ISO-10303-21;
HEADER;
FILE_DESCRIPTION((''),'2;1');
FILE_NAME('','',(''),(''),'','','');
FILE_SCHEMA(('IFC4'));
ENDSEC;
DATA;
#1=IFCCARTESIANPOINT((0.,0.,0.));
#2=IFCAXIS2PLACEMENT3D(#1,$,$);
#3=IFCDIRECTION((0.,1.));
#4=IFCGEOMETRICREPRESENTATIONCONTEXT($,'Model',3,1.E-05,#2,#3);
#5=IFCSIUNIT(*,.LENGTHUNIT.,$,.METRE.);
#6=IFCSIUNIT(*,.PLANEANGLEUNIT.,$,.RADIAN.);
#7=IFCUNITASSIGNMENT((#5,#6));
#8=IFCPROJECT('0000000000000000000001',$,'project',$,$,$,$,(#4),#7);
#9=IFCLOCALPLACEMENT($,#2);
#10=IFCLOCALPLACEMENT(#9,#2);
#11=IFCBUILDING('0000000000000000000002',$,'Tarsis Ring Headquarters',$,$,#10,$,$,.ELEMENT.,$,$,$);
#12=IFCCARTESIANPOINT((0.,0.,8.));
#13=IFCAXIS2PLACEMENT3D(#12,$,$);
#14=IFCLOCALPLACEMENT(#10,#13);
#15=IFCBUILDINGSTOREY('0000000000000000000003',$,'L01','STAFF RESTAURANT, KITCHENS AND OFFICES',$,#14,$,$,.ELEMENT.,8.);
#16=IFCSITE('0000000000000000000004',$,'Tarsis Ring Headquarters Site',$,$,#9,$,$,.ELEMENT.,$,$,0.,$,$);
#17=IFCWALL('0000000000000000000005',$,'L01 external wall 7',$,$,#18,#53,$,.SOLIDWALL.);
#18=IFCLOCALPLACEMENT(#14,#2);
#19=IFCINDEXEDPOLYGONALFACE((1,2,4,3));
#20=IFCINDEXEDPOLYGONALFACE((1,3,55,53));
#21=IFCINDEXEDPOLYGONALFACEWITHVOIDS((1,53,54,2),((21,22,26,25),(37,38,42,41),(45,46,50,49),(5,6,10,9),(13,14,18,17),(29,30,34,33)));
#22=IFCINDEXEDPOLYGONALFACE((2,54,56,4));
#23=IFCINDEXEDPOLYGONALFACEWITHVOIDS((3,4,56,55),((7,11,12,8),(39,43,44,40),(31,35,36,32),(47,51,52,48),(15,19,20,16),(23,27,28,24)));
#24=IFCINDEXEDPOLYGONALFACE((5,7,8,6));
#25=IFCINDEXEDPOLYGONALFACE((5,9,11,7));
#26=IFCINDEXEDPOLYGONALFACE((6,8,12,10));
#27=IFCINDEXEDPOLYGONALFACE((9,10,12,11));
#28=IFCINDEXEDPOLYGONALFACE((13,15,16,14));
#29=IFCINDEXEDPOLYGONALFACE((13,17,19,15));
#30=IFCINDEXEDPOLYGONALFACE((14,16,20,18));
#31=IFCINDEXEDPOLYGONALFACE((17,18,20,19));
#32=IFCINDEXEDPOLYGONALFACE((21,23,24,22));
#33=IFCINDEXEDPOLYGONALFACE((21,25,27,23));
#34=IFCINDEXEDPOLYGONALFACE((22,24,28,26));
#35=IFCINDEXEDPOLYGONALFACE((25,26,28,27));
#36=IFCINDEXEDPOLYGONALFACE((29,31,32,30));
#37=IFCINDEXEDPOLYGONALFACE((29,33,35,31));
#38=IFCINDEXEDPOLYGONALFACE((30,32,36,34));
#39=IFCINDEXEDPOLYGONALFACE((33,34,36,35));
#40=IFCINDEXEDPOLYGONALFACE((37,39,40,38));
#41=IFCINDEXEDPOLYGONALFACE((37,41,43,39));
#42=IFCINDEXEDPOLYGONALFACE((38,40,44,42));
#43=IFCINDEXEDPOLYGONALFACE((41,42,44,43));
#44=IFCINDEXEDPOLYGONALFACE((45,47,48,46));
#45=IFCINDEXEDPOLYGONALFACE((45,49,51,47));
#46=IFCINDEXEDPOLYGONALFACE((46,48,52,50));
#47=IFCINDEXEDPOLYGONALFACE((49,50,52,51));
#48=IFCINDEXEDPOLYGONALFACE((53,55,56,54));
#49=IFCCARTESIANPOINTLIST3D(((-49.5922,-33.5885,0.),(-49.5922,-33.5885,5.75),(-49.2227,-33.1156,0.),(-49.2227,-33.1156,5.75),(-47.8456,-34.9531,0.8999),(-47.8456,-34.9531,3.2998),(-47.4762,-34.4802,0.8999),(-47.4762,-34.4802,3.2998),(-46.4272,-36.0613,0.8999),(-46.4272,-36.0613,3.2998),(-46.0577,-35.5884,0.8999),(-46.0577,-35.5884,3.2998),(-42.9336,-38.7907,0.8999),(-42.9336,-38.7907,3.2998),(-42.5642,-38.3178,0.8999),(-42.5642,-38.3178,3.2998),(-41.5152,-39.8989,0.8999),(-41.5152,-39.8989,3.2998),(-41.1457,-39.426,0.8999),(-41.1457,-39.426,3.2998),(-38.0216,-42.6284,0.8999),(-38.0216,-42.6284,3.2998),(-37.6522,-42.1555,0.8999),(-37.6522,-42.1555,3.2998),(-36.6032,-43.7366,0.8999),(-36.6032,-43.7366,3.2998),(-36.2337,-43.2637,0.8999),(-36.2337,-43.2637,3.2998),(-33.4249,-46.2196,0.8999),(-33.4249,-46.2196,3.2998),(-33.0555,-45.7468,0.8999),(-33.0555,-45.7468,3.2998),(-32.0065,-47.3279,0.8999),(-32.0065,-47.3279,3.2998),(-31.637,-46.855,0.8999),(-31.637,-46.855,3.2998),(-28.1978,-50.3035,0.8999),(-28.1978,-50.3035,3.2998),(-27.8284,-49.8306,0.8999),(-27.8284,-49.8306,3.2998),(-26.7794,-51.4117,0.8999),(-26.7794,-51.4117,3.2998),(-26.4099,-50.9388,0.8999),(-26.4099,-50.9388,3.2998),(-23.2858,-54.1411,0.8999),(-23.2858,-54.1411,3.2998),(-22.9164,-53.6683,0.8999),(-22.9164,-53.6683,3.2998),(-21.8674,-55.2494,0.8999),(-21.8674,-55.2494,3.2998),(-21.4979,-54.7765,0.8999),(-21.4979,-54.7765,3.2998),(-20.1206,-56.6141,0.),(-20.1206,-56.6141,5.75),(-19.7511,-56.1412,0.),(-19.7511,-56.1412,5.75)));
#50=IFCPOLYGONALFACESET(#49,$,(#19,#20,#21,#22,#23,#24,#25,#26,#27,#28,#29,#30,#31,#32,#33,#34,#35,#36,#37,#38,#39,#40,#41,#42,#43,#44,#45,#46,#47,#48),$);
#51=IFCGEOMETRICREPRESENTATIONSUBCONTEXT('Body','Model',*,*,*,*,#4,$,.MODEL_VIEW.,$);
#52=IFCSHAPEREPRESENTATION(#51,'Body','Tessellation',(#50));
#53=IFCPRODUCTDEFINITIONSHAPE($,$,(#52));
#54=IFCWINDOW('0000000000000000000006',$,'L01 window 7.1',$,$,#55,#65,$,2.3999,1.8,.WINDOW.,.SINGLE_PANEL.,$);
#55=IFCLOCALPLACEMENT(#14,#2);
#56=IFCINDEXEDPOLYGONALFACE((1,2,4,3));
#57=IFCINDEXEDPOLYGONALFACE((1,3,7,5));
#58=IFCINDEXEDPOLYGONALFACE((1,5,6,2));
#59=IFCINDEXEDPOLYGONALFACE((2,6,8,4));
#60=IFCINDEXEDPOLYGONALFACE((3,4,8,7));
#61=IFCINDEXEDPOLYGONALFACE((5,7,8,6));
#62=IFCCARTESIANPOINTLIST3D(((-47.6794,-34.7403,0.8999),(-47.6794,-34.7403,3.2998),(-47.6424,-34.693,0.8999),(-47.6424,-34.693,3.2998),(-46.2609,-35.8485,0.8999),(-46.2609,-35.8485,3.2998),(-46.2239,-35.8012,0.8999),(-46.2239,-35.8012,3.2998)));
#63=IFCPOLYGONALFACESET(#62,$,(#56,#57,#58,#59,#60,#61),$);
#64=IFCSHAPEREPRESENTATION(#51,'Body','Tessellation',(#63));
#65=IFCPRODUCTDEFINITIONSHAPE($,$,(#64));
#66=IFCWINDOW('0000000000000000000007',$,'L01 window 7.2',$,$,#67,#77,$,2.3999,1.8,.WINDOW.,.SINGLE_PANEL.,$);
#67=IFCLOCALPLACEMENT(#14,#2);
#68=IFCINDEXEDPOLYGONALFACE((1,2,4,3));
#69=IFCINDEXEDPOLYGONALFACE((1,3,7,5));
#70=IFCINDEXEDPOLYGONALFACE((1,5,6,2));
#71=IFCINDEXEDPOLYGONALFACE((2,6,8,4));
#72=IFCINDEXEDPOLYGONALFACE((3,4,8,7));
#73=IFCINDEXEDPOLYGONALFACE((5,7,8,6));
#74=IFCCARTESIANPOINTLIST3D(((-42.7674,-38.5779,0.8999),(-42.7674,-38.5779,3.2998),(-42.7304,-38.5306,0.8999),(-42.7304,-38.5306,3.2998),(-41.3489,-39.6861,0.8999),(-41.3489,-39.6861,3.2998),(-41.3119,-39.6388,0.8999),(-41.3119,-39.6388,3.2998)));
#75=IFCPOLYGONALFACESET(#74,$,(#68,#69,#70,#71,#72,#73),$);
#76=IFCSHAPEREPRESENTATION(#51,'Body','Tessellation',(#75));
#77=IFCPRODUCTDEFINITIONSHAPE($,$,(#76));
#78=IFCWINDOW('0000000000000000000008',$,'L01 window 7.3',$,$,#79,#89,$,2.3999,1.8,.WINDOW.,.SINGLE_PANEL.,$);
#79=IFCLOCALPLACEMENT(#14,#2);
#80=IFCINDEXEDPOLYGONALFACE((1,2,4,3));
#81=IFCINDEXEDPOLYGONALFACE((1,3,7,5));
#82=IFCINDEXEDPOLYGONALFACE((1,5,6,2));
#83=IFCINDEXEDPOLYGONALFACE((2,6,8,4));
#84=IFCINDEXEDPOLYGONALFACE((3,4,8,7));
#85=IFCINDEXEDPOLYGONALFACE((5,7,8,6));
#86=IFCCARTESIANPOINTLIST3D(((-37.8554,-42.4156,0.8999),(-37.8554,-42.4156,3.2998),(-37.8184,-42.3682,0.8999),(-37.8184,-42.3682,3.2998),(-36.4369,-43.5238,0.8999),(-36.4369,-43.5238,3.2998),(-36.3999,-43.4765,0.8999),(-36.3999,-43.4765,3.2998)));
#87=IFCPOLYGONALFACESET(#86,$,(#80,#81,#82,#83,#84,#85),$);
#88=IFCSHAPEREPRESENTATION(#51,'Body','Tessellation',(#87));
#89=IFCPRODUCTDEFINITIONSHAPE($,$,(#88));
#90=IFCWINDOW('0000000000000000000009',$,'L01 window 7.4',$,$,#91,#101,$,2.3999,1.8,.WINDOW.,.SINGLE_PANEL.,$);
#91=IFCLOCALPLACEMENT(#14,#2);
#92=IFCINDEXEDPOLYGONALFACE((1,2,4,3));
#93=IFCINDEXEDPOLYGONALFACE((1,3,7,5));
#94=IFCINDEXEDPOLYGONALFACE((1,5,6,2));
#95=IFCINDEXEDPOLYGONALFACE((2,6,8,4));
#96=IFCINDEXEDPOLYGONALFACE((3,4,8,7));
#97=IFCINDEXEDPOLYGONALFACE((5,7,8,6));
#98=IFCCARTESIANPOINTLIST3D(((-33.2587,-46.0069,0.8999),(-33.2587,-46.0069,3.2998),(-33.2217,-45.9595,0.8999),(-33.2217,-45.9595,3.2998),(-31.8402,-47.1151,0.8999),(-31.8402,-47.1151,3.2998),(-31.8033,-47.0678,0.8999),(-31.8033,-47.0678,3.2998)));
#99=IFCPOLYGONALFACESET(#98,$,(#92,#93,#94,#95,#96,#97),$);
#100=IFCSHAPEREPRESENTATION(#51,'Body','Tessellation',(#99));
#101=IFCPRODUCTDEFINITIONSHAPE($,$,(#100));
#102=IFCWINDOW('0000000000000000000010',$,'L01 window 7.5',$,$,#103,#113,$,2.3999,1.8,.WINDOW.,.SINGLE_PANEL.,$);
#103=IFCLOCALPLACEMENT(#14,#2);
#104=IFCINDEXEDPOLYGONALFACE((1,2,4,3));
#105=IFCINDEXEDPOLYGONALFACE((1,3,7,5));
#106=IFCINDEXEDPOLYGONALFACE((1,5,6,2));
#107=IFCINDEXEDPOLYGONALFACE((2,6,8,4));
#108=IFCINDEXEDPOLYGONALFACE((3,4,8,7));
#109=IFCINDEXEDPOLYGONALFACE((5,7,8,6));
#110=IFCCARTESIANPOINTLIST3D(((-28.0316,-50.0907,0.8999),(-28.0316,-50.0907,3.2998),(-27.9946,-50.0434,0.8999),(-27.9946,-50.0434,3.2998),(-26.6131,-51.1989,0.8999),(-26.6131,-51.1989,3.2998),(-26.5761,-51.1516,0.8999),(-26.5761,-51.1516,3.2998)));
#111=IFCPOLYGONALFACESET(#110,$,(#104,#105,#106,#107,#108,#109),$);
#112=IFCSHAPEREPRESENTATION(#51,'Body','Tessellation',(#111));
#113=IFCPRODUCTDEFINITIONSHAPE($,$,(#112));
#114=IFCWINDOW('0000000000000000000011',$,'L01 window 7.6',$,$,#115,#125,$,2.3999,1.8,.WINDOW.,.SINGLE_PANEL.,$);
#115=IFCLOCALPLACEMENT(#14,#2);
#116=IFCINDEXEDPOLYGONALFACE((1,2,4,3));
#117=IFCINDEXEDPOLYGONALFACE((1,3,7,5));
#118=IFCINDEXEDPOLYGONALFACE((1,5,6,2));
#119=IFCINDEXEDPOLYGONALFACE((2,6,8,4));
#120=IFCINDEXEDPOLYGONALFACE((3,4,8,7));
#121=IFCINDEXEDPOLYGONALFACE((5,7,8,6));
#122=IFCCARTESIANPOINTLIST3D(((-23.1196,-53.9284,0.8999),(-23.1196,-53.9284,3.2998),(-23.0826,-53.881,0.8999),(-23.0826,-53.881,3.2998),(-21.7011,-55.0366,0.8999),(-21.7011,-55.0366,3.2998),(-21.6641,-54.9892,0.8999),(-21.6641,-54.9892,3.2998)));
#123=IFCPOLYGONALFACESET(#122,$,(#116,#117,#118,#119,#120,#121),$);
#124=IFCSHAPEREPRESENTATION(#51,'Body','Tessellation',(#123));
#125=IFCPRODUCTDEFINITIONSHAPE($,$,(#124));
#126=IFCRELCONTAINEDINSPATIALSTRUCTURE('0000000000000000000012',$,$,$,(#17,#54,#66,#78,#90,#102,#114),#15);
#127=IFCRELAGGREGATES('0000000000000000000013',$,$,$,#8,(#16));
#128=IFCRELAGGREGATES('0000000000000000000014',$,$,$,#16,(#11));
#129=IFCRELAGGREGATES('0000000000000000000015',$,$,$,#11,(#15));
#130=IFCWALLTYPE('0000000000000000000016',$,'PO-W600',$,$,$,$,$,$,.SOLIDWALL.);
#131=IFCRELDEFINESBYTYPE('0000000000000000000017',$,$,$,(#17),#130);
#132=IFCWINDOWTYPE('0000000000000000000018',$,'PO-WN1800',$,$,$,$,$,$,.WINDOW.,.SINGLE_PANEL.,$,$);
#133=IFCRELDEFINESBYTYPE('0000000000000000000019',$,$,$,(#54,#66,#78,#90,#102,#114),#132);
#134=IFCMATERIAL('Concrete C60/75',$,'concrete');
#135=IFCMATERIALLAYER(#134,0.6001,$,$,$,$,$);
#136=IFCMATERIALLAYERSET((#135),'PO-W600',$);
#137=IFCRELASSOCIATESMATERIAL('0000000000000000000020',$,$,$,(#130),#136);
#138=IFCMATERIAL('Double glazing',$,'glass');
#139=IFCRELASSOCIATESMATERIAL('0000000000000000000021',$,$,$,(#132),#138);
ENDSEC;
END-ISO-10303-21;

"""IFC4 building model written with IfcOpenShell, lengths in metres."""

from ifc_helpers import new_model, si_unit, direction, frame, frame_2d, origin, place, context, subcontext, project, spatial, rectangle, extrude, material, layer, layer_set, type_object, element, fill, save


model = new_model("IFC4")

# Units and contexts
model_context = context("Model", 3, precision=1e-05, world=origin(), true_north=direction((0.0, 1.0)))
body_context = subcontext(model_context, "Body", "Model", "MODEL_VIEW")
ifc_project = project(units=[si_unit("LENGTHUNIT", "METRE"), si_unit("PLANEANGLEUNIT", "RADIAN")], contexts=[model_context])

# Site, building, storey
site_placement = place(None, origin())
site = spatial("IfcSite", under=ifc_project, at=site_placement, Name="Tarsis Ring Headquarters Site", CompositionType="ELEMENT", RefElevation=0.0)
building_placement = place(site_placement, origin())
building = spatial("IfcBuilding", under=site, at=building_placement, Name="Tarsis Ring Headquarters", CompositionType="ELEMENT")
storey_placement = place(building_placement, frame((0.0, 0.0, 8.0)))
storey = spatial("IfcBuildingStorey", under=building, at=storey_placement, Name="L01", Description="STAFF RESTAURANT, KITCHENS AND OFFICES", CompositionType="ELEMENT", Elevation=8.0)

# Shared definitions
ifc_material_1 = material(Name="Concrete C60/75", Category="concrete")

# Wall, openings, windows
ifc_layer_1 = layer(ifc_material_1, 0.6001)
ifc_layer_set_1 = layer_set([ifc_layer_1], Name="PO-W600")
wall_type_1 = type_object("IfcWallType", Name="PO-W600", PredefinedType="SOLIDWALL", material=ifc_layer_set_1)
wall_1_placement = place(storey_placement, frame((-49.4075, -33.3521, 0.0), z_axis=(0.0, 0.0, 1.0), x_axis=(0.788013, -0.615659, 0.0)))
wall_1 = element("IfcWall", 1, at=wall_1_placement, inside=storey, type_object=wall_type_1, Name="L01 external wall 7", PredefinedType="SOLIDWALL", context=body_context, shape_type="SweptSolid", body=[
    extrude(rectangle(XDim=37.3999, YDim=0.6001, at=frame_2d((18.7, 0.0))), origin(), (0.0, 0.0, 1.0), 5.75),
])
opening_1_placement = place(wall_1_placement, frame((2.2166, 0.0, 0.8999)))
opening_1 = element("IfcOpeningElement", 2, at=opening_1_placement, cuts=wall_1, PredefinedType="OPENING", context=body_context, shape_type="SweptSolid", body=[
    extrude(rectangle(XDim=1.8, YDim=2.3999, at=frame_2d((0.8999, 1.2))), frame((0.0, 0.3101, 0.0), z_axis=(0.0, -1.0, 0.0), x_axis=(1.0, 0.0, 0.0)), (0.0, 0.0, 1.0), 0.6201),
])
opening_2_placement = place(wall_1_placement, frame((8.45, 0.0, 0.8999)))
opening_2 = element("IfcOpeningElement", 3, at=opening_2_placement, cuts=wall_1, PredefinedType="OPENING", context=body_context, shape_type="SweptSolid", body=[
    extrude(rectangle(XDim=1.8, YDim=2.3999, at=frame_2d((0.8999, 1.2))), frame((0.0, 0.3101, 0.0), z_axis=(0.0, -1.0, 0.0), x_axis=(1.0, 0.0, 0.0)), (0.0, 0.0, 1.0), 0.6201),
])
opening_3_placement = place(wall_1_placement, frame((14.6833, 0.0, 0.8999)))
opening_3 = element("IfcOpeningElement", 4, at=opening_3_placement, cuts=wall_1, PredefinedType="OPENING", context=body_context, shape_type="SweptSolid", body=[
    extrude(rectangle(XDim=1.8, YDim=2.3999, at=frame_2d((0.8999, 1.2))), frame((0.0, 0.3101, 0.0), z_axis=(0.0, -1.0, 0.0), x_axis=(1.0, 0.0, 0.0)), (0.0, 0.0, 1.0), 0.6201),
])
opening_4_placement = place(wall_1_placement, frame((20.5166, 0.0, 0.8999)))
opening_4 = element("IfcOpeningElement", 5, at=opening_4_placement, cuts=wall_1, PredefinedType="OPENING", context=body_context, shape_type="SweptSolid", body=[
    extrude(rectangle(XDim=1.8, YDim=2.3999, at=frame_2d((0.8999, 1.2))), frame((0.0, 0.3101, 0.0), z_axis=(0.0, -1.0, 0.0), x_axis=(1.0, 0.0, 0.0)), (0.0, 0.0, 1.0), 0.6201),
])
opening_5_placement = place(wall_1_placement, frame((27.1499, 0.0, 0.8999)))
opening_5 = element("IfcOpeningElement", 6, at=opening_5_placement, cuts=wall_1, PredefinedType="OPENING", context=body_context, shape_type="SweptSolid", body=[
    extrude(rectangle(XDim=1.8, YDim=2.3999, at=frame_2d((0.8999, 1.2))), frame((0.0, 0.3101, 0.0), z_axis=(0.0, -1.0, 0.0), x_axis=(1.0, 0.0, 0.0)), (0.0, 0.0, 1.0), 0.6201),
])
opening_6_placement = place(wall_1_placement, frame((33.3833, 0.0, 0.8999)))
opening_6 = element("IfcOpeningElement", 7, at=opening_6_placement, cuts=wall_1, PredefinedType="OPENING", context=body_context, shape_type="SweptSolid", body=[
    extrude(rectangle(XDim=1.8, YDim=2.3999, at=frame_2d((0.8999, 1.2))), frame((0.0, 0.3101, 0.0), z_axis=(0.0, -1.0, 0.0), x_axis=(1.0, 0.0, 0.0)), (0.0, 0.0, 1.0), 0.6201),
])
ifc_material_2 = material(Name="Double glazing", Category="glass")
window_type = type_object("IfcWindowType", Name="PO-WN1800", PartitioningType="SINGLE_PANEL", PredefinedType="WINDOW", material=ifc_material_2)
window_1_placement = place(opening_1_placement, origin())
window_1 = element("IfcWindow", 8, at=window_1_placement, inside=storey, type_object=window_type, Name="L01 window 7.1", OverallHeight=2.3999, OverallWidth=1.8, PartitioningType="SINGLE_PANEL", PredefinedType="WINDOW", context=body_context, shape_type="SweptSolid", body=[
    extrude(rectangle(XDim=1.8, YDim=2.3999, at=frame_2d((0.8999, 1.2))), frame((0.0, 0.03, 0.0), z_axis=(0.0, -1.0, 0.0), x_axis=(1.0, 0.0, 0.0)), (0.0, 0.0, 1.0), 0.0601),
])
fill(opening_1, window_1)
window_2_placement = place(opening_2_placement, origin())
window_2 = element("IfcWindow", 9, at=window_2_placement, inside=storey, type_object=window_type, Name="L01 window 7.2", OverallHeight=2.3999, OverallWidth=1.8, PartitioningType="SINGLE_PANEL", PredefinedType="WINDOW", context=body_context, shape_type="SweptSolid", body=[
    extrude(rectangle(XDim=1.8, YDim=2.3999, at=frame_2d((0.8999, 1.2))), frame((0.0, 0.03, 0.0), z_axis=(0.0, -1.0, 0.0), x_axis=(1.0, 0.0, 0.0)), (0.0, 0.0, 1.0), 0.0601),
])
fill(opening_2, window_2)
window_3_placement = place(opening_3_placement, origin())
window_3 = element("IfcWindow", 10, at=window_3_placement, inside=storey, type_object=window_type, Name="L01 window 7.3", OverallHeight=2.3999, OverallWidth=1.8, PartitioningType="SINGLE_PANEL", PredefinedType="WINDOW", context=body_context, shape_type="SweptSolid", body=[
    extrude(rectangle(XDim=1.8, YDim=2.3999, at=frame_2d((0.8999, 1.2))), frame((0.0, 0.03, 0.0), z_axis=(0.0, -1.0, 0.0), x_axis=(1.0, 0.0, 0.0)), (0.0, 0.0, 1.0), 0.0601),
])
fill(opening_3, window_3)
window_4_placement = place(opening_4_placement, origin())
window_4 = element("IfcWindow", 11, at=window_4_placement, inside=storey, type_object=window_type, Name="L01 window 7.4", OverallHeight=2.3999, OverallWidth=1.8, PartitioningType="SINGLE_PANEL", PredefinedType="WINDOW", context=body_context, shape_type="SweptSolid", body=[
    extrude(rectangle(XDim=1.8, YDim=2.3999, at=frame_2d((0.8999, 1.2))), frame((0.0, 0.03, 0.0), z_axis=(0.0, -1.0, 0.0), x_axis=(1.0, 0.0, 0.0)), (0.0, 0.0, 1.0), 0.0601),
])
fill(opening_4, window_4)
window_5_placement = place(opening_5_placement, origin())
window_5 = element("IfcWindow", 12, at=window_5_placement, inside=storey, type_object=window_type, Name="L01 window 7.5", OverallHeight=2.3999, OverallWidth=1.8, PartitioningType="SINGLE_PANEL", PredefinedType="WINDOW", context=body_context, shape_type="SweptSolid", body=[
    extrude(rectangle(XDim=1.8, YDim=2.3999, at=frame_2d((0.8999, 1.2))), frame((0.0, 0.03, 0.0), z_axis=(0.0, -1.0, 0.0), x_axis=(1.0, 0.0, 0.0)), (0.0, 0.0, 1.0), 0.0601),
])
fill(opening_5, window_5)
window_6_placement = place(opening_6_placement, origin())
window_6 = element("IfcWindow", 13, at=window_6_placement, inside=storey, type_object=window_type, Name="L01 window 7.6", OverallHeight=2.3999, OverallWidth=1.8, PartitioningType="SINGLE_PANEL", PredefinedType="WINDOW", context=body_context, shape_type="SweptSolid", body=[
    extrude(rectangle(XDim=1.8, YDim=2.3999, at=frame_2d((0.8999, 1.2))), frame((0.0, 0.03, 0.0), z_axis=(0.0, -1.0, 0.0), x_axis=(1.0, 0.0, 0.0)), (0.0, 0.0, 1.0), 0.0601),
])
fill(opening_6, window_6)

save(model, "model.ifc")
